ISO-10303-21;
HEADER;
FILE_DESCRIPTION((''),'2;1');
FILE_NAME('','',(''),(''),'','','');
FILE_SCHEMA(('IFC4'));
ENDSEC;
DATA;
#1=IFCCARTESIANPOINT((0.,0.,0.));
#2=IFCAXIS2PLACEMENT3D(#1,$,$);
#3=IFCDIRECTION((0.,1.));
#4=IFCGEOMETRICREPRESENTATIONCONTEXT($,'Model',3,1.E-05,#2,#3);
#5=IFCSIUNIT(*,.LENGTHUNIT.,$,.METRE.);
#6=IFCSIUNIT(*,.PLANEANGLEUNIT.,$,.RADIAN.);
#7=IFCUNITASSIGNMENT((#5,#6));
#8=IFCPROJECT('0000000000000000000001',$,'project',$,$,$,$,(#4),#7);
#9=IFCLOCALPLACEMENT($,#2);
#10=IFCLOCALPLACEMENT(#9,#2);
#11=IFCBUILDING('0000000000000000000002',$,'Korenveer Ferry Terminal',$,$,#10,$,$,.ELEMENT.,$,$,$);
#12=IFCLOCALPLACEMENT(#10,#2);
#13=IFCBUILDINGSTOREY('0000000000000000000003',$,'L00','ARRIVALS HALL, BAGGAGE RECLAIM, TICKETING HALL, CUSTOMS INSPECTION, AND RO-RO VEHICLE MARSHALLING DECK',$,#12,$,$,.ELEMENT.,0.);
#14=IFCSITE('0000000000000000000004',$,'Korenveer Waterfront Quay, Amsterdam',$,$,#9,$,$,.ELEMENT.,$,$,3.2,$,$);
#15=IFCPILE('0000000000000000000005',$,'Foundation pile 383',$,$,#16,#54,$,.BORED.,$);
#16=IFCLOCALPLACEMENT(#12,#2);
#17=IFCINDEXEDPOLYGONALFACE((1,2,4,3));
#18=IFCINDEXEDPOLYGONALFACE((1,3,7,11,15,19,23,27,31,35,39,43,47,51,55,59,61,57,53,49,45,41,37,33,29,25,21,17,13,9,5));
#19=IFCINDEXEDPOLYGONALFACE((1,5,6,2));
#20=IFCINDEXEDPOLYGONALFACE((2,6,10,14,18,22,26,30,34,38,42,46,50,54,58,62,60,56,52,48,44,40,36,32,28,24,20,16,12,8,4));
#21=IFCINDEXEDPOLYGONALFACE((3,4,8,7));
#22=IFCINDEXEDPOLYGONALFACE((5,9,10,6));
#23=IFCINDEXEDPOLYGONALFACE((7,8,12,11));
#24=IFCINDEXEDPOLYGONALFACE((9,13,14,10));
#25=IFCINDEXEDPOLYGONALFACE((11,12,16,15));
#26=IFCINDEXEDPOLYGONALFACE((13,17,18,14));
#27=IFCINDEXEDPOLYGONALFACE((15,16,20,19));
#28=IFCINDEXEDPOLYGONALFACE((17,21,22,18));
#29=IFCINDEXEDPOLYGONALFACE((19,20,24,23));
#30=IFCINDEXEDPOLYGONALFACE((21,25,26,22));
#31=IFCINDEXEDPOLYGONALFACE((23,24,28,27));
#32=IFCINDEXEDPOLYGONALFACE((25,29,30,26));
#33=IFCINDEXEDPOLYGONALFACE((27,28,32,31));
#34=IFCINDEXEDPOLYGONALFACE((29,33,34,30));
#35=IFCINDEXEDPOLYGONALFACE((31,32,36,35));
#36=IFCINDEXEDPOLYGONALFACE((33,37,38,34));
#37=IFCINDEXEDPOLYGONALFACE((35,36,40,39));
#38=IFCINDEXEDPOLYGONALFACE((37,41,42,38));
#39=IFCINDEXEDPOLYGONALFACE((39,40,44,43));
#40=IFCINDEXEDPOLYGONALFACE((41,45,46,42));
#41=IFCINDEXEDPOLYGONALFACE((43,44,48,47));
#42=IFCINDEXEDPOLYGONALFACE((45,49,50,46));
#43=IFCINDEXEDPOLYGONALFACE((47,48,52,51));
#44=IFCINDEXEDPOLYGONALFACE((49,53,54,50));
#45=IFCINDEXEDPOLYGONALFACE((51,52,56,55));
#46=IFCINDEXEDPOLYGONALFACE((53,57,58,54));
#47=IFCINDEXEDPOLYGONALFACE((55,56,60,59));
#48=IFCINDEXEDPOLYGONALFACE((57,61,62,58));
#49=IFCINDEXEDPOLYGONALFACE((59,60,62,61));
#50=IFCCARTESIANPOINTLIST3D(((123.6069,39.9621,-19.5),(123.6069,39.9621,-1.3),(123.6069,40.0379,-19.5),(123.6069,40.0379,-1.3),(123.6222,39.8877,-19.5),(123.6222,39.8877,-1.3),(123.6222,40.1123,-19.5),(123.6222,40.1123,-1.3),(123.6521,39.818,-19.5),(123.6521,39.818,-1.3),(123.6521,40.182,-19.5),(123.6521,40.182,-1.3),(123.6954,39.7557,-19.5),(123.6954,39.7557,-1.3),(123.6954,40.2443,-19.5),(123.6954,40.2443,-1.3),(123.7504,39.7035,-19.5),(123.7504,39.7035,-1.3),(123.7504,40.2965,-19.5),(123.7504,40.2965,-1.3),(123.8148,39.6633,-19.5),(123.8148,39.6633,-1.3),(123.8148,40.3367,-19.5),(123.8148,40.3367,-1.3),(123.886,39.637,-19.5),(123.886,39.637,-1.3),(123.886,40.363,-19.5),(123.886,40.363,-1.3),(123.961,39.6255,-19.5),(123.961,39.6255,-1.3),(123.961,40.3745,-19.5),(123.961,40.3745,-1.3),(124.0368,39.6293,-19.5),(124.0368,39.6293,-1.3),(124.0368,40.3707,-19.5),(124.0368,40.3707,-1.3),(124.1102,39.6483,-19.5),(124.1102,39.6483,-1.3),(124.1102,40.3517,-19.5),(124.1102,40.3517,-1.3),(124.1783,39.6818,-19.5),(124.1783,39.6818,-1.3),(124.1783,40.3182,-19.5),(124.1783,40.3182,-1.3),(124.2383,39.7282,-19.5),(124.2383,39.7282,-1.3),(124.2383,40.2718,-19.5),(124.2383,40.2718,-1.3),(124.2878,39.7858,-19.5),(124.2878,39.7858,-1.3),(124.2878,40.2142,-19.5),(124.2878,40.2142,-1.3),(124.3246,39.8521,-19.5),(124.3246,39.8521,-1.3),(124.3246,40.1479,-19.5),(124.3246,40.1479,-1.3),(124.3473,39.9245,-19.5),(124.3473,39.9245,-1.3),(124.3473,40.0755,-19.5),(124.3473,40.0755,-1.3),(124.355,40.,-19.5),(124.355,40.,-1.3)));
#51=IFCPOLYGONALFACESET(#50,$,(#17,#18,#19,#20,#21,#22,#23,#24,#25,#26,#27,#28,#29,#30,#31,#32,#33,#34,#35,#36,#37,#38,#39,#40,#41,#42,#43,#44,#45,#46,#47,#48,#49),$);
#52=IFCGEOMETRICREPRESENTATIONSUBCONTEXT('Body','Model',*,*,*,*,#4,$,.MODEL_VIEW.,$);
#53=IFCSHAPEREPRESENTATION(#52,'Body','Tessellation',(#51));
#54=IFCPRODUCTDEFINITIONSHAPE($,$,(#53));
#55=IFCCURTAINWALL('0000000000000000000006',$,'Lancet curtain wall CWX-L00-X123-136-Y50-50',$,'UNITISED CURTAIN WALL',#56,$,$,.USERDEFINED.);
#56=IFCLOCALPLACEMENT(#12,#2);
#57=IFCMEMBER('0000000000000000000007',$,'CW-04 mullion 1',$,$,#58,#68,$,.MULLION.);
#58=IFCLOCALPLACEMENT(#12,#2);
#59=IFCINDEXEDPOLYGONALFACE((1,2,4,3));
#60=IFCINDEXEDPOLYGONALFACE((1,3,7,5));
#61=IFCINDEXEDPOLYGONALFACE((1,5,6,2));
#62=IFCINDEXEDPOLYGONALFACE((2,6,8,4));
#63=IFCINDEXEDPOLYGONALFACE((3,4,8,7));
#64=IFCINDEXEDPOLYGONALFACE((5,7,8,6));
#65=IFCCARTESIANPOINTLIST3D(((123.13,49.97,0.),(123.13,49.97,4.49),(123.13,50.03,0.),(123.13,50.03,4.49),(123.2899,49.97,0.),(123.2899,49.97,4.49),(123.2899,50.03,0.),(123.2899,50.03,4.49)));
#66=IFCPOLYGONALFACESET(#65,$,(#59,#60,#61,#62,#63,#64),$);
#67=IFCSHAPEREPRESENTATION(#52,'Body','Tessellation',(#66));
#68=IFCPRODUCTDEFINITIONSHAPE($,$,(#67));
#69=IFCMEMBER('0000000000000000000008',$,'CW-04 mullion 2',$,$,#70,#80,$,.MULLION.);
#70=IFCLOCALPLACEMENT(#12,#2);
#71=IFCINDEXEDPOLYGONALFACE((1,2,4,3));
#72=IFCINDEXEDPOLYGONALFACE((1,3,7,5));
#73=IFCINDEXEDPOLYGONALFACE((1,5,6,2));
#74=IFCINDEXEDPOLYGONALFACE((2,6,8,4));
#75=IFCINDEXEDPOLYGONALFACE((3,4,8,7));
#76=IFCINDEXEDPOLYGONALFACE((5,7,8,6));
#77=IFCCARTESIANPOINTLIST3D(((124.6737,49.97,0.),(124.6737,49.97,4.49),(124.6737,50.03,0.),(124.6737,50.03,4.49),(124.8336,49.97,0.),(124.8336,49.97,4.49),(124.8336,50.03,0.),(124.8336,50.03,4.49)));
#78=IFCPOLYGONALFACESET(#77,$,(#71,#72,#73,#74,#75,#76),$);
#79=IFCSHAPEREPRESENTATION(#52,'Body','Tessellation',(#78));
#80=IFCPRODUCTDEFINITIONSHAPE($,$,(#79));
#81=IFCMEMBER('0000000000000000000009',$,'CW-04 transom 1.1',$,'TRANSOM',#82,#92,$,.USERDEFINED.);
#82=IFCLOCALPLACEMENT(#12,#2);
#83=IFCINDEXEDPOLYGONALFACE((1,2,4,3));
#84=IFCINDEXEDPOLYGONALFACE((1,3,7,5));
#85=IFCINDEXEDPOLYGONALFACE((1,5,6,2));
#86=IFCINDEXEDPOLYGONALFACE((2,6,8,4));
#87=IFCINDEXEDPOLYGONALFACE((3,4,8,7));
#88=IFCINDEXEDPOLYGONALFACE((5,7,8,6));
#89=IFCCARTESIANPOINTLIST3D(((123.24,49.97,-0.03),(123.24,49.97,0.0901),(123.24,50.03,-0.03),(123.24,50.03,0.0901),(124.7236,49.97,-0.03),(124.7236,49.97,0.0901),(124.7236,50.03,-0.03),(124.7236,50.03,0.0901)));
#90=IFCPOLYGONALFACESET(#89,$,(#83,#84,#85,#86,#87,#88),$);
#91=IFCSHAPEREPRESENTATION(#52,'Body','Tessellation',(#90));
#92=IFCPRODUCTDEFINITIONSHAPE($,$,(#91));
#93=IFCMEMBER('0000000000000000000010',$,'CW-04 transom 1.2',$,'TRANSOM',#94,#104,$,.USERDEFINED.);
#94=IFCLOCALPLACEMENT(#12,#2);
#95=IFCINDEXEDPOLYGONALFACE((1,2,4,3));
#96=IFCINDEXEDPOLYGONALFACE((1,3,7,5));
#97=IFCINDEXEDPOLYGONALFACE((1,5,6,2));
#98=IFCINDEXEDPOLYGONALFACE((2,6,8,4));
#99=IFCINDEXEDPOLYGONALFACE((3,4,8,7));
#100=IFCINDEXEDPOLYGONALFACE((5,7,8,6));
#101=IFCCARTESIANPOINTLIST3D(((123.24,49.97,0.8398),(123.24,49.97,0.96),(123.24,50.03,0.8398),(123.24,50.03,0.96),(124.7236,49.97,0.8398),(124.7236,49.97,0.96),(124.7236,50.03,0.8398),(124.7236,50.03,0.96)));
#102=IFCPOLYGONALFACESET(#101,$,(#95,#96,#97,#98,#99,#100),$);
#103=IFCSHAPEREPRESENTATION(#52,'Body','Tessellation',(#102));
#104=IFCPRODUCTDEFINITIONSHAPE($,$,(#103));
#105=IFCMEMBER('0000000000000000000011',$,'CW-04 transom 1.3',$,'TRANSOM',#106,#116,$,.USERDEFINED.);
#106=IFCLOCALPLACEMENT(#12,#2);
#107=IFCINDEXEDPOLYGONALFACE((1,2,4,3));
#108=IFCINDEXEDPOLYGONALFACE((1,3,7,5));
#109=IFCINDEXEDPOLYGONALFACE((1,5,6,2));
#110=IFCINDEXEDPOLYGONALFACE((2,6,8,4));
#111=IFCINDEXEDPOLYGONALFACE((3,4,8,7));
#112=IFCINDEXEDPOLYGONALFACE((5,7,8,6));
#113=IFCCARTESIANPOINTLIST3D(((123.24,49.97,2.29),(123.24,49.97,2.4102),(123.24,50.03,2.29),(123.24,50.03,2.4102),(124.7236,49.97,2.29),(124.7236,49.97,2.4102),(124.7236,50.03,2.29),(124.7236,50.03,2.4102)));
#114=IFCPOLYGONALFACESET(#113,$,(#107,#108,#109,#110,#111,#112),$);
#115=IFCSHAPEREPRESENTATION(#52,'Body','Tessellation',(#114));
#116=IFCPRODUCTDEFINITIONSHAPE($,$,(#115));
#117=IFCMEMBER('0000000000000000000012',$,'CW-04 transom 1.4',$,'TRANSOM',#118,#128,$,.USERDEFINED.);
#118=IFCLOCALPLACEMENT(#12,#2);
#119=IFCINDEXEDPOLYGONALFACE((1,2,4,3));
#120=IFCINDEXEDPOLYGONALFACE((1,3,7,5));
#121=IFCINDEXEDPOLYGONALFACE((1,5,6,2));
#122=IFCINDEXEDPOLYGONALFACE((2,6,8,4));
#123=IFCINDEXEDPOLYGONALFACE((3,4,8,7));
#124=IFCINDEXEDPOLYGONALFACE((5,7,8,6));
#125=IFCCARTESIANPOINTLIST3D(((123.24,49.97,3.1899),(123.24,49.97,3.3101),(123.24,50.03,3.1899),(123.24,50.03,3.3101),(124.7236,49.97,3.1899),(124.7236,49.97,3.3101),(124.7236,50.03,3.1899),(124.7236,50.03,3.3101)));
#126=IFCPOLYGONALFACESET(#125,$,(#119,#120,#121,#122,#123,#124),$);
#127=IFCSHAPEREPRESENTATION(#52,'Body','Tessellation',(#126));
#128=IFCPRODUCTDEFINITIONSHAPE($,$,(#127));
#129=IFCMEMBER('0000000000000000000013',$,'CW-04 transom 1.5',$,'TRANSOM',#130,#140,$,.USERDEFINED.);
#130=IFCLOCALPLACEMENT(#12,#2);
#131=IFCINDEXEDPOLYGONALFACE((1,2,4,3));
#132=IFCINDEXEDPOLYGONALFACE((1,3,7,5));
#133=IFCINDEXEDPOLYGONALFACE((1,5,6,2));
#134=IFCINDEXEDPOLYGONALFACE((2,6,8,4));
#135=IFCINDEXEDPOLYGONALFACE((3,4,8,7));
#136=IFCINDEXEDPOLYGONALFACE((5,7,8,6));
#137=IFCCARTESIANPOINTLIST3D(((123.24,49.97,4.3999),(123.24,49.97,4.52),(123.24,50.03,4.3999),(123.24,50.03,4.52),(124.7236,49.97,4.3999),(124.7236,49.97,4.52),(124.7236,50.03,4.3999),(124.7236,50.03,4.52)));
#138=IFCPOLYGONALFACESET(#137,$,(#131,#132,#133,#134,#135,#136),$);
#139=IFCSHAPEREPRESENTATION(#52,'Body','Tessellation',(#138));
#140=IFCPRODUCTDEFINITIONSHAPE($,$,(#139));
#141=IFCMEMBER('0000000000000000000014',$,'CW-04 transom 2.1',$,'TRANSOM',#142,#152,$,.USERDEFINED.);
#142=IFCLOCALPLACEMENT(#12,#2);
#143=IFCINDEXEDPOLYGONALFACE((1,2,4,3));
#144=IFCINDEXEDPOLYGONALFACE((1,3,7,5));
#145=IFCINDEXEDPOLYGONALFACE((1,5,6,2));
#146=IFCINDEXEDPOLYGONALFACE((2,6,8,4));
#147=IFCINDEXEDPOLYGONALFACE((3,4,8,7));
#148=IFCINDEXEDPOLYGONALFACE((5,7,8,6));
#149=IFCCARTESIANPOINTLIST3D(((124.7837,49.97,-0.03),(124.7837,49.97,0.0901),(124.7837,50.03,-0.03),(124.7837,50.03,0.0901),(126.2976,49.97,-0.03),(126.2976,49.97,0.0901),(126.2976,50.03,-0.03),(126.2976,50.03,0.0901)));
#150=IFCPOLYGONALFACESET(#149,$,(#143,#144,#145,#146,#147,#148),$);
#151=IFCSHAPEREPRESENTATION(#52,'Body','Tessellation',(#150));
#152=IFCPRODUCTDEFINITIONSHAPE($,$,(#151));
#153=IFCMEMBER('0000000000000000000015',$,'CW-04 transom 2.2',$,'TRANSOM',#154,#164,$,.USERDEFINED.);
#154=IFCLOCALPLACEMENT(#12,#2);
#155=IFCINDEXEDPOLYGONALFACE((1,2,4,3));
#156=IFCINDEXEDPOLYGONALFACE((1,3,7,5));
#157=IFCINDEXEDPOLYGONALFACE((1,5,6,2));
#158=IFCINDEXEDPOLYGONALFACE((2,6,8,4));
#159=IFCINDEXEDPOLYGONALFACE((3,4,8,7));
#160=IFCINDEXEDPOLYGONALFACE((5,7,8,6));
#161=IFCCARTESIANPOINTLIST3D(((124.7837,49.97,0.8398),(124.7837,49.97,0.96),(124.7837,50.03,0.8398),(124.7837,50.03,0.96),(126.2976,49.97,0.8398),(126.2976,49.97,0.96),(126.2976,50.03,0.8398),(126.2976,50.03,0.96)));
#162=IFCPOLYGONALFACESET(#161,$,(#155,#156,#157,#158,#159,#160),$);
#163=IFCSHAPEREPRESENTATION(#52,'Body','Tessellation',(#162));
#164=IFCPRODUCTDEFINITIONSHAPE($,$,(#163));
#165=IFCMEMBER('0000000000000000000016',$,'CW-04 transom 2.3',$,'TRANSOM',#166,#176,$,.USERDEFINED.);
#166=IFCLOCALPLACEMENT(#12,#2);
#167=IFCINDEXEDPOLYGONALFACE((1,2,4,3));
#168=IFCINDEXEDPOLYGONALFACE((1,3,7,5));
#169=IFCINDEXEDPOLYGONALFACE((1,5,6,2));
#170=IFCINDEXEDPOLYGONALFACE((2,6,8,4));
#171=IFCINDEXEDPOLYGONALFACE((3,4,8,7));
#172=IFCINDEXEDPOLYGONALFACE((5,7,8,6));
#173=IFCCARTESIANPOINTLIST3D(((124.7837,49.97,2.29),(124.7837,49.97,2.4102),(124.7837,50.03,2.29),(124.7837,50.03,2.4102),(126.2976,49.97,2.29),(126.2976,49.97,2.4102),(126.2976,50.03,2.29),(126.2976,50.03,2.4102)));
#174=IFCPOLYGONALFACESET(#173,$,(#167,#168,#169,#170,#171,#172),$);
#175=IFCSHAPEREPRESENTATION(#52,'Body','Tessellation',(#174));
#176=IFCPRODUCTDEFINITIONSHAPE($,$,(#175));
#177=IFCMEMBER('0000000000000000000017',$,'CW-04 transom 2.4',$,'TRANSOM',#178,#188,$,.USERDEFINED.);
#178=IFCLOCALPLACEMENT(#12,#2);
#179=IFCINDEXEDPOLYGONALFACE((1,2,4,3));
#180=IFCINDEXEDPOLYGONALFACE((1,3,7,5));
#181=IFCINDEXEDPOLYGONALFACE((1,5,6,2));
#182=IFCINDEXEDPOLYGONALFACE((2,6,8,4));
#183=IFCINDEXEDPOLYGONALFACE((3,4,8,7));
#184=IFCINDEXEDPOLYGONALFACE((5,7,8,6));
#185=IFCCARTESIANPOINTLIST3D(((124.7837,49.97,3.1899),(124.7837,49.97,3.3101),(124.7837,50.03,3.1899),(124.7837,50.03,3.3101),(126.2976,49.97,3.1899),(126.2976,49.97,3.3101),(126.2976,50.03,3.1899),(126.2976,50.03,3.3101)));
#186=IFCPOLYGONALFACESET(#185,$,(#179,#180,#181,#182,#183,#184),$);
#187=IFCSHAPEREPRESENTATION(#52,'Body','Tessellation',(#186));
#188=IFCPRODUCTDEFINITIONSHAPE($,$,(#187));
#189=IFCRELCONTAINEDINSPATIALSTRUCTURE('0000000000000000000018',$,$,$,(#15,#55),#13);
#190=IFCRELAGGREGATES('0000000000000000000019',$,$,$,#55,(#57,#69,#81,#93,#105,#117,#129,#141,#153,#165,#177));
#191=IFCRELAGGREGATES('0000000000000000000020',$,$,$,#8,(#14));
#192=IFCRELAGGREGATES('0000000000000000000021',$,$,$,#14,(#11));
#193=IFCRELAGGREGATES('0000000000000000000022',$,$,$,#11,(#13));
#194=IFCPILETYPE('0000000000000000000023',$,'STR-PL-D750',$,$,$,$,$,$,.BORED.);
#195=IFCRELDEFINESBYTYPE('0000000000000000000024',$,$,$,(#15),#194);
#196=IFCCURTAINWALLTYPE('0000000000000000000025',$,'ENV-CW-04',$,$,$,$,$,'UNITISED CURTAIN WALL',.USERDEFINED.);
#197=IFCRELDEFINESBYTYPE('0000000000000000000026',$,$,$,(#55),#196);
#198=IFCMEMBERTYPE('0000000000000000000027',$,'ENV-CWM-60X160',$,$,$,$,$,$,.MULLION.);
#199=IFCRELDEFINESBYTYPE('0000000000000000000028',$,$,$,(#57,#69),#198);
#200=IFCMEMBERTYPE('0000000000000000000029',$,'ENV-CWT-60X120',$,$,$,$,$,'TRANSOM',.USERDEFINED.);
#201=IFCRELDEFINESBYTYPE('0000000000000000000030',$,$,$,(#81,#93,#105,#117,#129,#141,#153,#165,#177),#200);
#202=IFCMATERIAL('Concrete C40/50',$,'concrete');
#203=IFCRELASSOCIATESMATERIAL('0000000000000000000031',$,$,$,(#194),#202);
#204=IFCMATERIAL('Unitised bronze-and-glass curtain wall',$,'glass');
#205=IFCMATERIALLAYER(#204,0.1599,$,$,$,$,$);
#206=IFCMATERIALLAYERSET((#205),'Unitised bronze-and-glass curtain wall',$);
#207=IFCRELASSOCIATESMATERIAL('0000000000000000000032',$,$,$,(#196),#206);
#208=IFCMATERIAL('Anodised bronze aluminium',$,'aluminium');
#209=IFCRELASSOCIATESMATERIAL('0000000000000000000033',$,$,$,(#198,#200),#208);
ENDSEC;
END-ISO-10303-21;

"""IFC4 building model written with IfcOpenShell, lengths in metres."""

from ifc_helpers import new_model, si_unit, direction, frame, origin, origin_2d, place, context, subcontext, project, spatial, rectangle, circle, extrude, material, layer, layer_set, material_profile, profile_set, type_object, element, aggregate, save


model = new_model("IFC4")

# Units and contexts
model_context = context("Model", 3, precision=1e-05, world=origin(), true_north=direction((0.0, 1.0)))
body_context = subcontext(model_context, "Body", "Model", "MODEL_VIEW")
ifc_project = project(units=[si_unit("LENGTHUNIT", "METRE"), si_unit("PLANEANGLEUNIT", "RADIAN")], contexts=[model_context])

# Site, building, storey
site_placement = place(None, origin())
site = spatial("IfcSite", under=ifc_project, at=site_placement, Name="Korenveer Waterfront Quay, Amsterdam", CompositionType="ELEMENT", RefElevation=3.2)
building_placement = place(site_placement, origin())
building = spatial("IfcBuilding", under=site, at=building_placement, Name="Korenveer Ferry Terminal", CompositionType="ELEMENT")
storey_placement = place(building_placement, origin())
storey = spatial("IfcBuildingStorey", under=building, at=storey_placement, Name="L00", Description="ARRIVALS HALL, BAGGAGE RECLAIM, TICKETING HALL, CUSTOMS INSPECTION, AND RO-RO VEHICLE MARSHALLING DECK", CompositionType="ELEMENT", Elevation=0.0)

# Pile
ifc_material_1 = material(Name="Concrete C40/50", Category="concrete")
ifc_material_profile_1 = material_profile(ifc_material_1, circle(Radius=0.375, at=origin_2d()), Name="PILE D750")
ifc_profile_set_1 = profile_set([ifc_material_profile_1], Name="Concrete C40/50")
pile_type = type_object("IfcPileType", Name="STR-PL-D750", PredefinedType="BORED", material=ifc_profile_set_1)
pile_placement = place(storey_placement, frame((123.98, 40.0, -1.3), z_axis=(0.0, 0.0, -1.0), x_axis=(1.0, 0.0, 0.0)))
element("IfcPile", 1, at=pile_placement, inside=storey, type_object=pile_type, Name="Foundation pile 383", PredefinedType="BORED", context=body_context, shape_type="SweptSolid", body=[
    extrude(circle(Radius=0.375, at=origin_2d()), origin(), (0.0, 0.0, 1.0), 18.2),
])

# Curtain wall, members
ifc_material_2 = material(Name="Unitised bronze-and-glass curtain wall", Category="glass")
ifc_layer_1 = layer(ifc_material_2, 0.1599)
ifc_layer_set_1 = layer_set([ifc_layer_1], Name="Unitised bronze-and-glass curtain wall")
curtain_wall_type = type_object("IfcCurtainWallType", Name="ENV-CW-04", ElementType="UNITISED CURTAIN WALL", PredefinedType="USERDEFINED", material=ifc_layer_set_1)
curtain_wall_placement = place(storey_placement, frame((123.1799, 50.0, 0.0)))
curtain_wall = element("IfcCurtainWall", 2, at=curtain_wall_placement, inside=storey, type_object=curtain_wall_type, Name="Lancet curtain wall CWX-L00-X123-136-Y50-50", ObjectType="UNITISED CURTAIN WALL", PredefinedType="USERDEFINED")
ifc_material_3 = material(Name="Anodised bronze aluminium", Category="aluminium")
ifc_material_profile_2 = material_profile(ifc_material_3, rectangle(XDim=0.0601, YDim=0.1599, at=origin_2d()), Name="ALU 60x160")
ifc_profile_set_2 = profile_set([ifc_material_profile_2], Name="Anodised bronze aluminium")
member_type_1 = type_object("IfcMemberType", Name="ENV-CWM-60X160", PredefinedType="MULLION", material=ifc_profile_set_2)
member_1_placement = place(storey_placement, frame((123.21, 50.0, 0.0), z_axis=(0.0, 0.0, 1.0), x_axis=(0.0, 1.0, 0.0)))
member_1 = element("IfcMember", 3, at=member_1_placement, type_object=member_type_1, Name="CW-04 mullion 1", PredefinedType="MULLION", context=body_context, shape_type="SweptSolid", body=[
    extrude(rectangle(XDim=0.0601, YDim=0.1599, at=origin_2d()), origin(), (0.0, 0.0, 1.0), 4.49),
])
member_2_placement = place(storey_placement, frame((124.7537, 50.0, 0.0), z_axis=(0.0, 0.0, 1.0), x_axis=(0.0, 1.0, 0.0)))
member_2 = element("IfcMember", 4, at=member_2_placement, type_object=member_type_1, Name="CW-04 mullion 2", PredefinedType="MULLION", context=body_context, shape_type="SweptSolid", body=[
    extrude(rectangle(XDim=0.0601, YDim=0.1599, at=origin_2d()), origin(), (0.0, 0.0, 1.0), 4.49),
])
ifc_material_profile_3 = material_profile(ifc_material_3, rectangle(XDim=0.0601, YDim=0.1201, at=origin_2d()), Name="ALU 60x120")
ifc_profile_set_3 = profile_set([ifc_material_profile_3], Name="Anodised bronze aluminium")
member_type_2 = type_object("IfcMemberType", Name="ENV-CWT-60X120", ElementType="TRANSOM", PredefinedType="USERDEFINED", material=ifc_profile_set_3)
member_3_placement = place(storey_placement, frame((123.24, 50.0, 0.03), z_axis=(1.0, 0.0, 0.0), x_axis=(0.0, 1.0, 0.0)))
member_3 = element("IfcMember", 5, at=member_3_placement, type_object=member_type_2, Name="CW-04 transom 1.1", ObjectType="TRANSOM", PredefinedType="USERDEFINED", context=body_context, shape_type="SweptSolid", body=[
    extrude(rectangle(XDim=0.0601, YDim=0.1201, at=origin_2d()), origin(), (0.0, 0.0, 1.0), 1.4836),
])
member_4_placement = place(storey_placement, frame((123.24, 50.0, 0.8999), z_axis=(1.0, 0.0, 0.0), x_axis=(0.0, 1.0, 0.0)))
member_4 = element("IfcMember", 6, at=member_4_placement, type_object=member_type_2, Name="CW-04 transom 1.2", ObjectType="TRANSOM", PredefinedType="USERDEFINED", context=body_context, shape_type="SweptSolid", body=[
    extrude(rectangle(XDim=0.0601, YDim=0.1201, at=origin_2d()), origin(), (0.0, 0.0, 1.0), 1.4836),
])
member_5_placement = place(storey_placement, frame((123.24, 50.0, 2.3501), z_axis=(1.0, 0.0, 0.0), x_axis=(0.0, 1.0, 0.0)))
member_5 = element("IfcMember", 7, at=member_5_placement, type_object=member_type_2, Name="CW-04 transom 1.3", ObjectType="TRANSOM", PredefinedType="USERDEFINED", context=body_context, shape_type="SweptSolid", body=[
    extrude(rectangle(XDim=0.0601, YDim=0.1201, at=origin_2d()), origin(), (0.0, 0.0, 1.0), 1.4836),
])
member_6_placement = place(storey_placement, frame((123.24, 50.0, 3.25), z_axis=(1.0, 0.0, 0.0), x_axis=(0.0, 1.0, 0.0)))
member_6 = element("IfcMember", 8, at=member_6_placement, type_object=member_type_2, Name="CW-04 transom 1.4", ObjectType="TRANSOM", PredefinedType="USERDEFINED", context=body_context, shape_type="SweptSolid", body=[
    extrude(rectangle(XDim=0.0601, YDim=0.1201, at=origin_2d()), origin(), (0.0, 0.0, 1.0), 1.4836),
])
member_7_placement = place(storey_placement, frame((123.24, 50.0, 4.46), z_axis=(1.0, 0.0, 0.0), x_axis=(0.0, 1.0, 0.0)))
member_7 = element("IfcMember", 9, at=member_7_placement, type_object=member_type_2, Name="CW-04 transom 1.5", ObjectType="TRANSOM", PredefinedType="USERDEFINED", context=body_context, shape_type="SweptSolid", body=[
    extrude(rectangle(XDim=0.0601, YDim=0.1201, at=origin_2d()), origin(), (0.0, 0.0, 1.0), 1.4836),
])
member_8_placement = place(storey_placement, frame((124.7837, 50.0, 0.03), z_axis=(1.0, 0.0, 0.0), x_axis=(0.0, 1.0, 0.0)))
member_8 = element("IfcMember", 10, at=member_8_placement, type_object=member_type_2, Name="CW-04 transom 2.1", ObjectType="TRANSOM", PredefinedType="USERDEFINED", context=body_context, shape_type="SweptSolid", body=[
    extrude(rectangle(XDim=0.0601, YDim=0.1201, at=origin_2d()), origin(), (0.0, 0.0, 1.0), 1.5139),
])
member_9_placement = place(storey_placement, frame((124.7837, 50.0, 0.8999), z_axis=(1.0, 0.0, 0.0), x_axis=(0.0, 1.0, 0.0)))
member_9 = element("IfcMember", 11, at=member_9_placement, type_object=member_type_2, Name="CW-04 transom 2.2", ObjectType="TRANSOM", PredefinedType="USERDEFINED", context=body_context, shape_type="SweptSolid", body=[
    extrude(rectangle(XDim=0.0601, YDim=0.1201, at=origin_2d()), origin(), (0.0, 0.0, 1.0), 1.5139),
])
member_10_placement = place(storey_placement, frame((124.7837, 50.0, 2.3501), z_axis=(1.0, 0.0, 0.0), x_axis=(0.0, 1.0, 0.0)))
member_10 = element("IfcMember", 12, at=member_10_placement, type_object=member_type_2, Name="CW-04 transom 2.3", ObjectType="TRANSOM", PredefinedType="USERDEFINED", context=body_context, shape_type="SweptSolid", body=[
    extrude(rectangle(XDim=0.0601, YDim=0.1201, at=origin_2d()), origin(), (0.0, 0.0, 1.0), 1.5139),
])
member_11_placement = place(storey_placement, frame((124.7837, 50.0, 3.25), z_axis=(1.0, 0.0, 0.0), x_axis=(0.0, 1.0, 0.0)))
member_11 = element("IfcMember", 13, at=member_11_placement, type_object=member_type_2, Name="CW-04 transom 2.4", ObjectType="TRANSOM", PredefinedType="USERDEFINED", context=body_context, shape_type="SweptSolid", body=[
    extrude(rectangle(XDim=0.0601, YDim=0.1201, at=origin_2d()), origin(), (0.0, 0.0, 1.0), 1.5139),
])

aggregate(curtain_wall, [member_1, member_2, member_3, member_4, member_5, member_6, member_7, member_8, member_9, member_10, member_11])

save(model, "model.ifc")
